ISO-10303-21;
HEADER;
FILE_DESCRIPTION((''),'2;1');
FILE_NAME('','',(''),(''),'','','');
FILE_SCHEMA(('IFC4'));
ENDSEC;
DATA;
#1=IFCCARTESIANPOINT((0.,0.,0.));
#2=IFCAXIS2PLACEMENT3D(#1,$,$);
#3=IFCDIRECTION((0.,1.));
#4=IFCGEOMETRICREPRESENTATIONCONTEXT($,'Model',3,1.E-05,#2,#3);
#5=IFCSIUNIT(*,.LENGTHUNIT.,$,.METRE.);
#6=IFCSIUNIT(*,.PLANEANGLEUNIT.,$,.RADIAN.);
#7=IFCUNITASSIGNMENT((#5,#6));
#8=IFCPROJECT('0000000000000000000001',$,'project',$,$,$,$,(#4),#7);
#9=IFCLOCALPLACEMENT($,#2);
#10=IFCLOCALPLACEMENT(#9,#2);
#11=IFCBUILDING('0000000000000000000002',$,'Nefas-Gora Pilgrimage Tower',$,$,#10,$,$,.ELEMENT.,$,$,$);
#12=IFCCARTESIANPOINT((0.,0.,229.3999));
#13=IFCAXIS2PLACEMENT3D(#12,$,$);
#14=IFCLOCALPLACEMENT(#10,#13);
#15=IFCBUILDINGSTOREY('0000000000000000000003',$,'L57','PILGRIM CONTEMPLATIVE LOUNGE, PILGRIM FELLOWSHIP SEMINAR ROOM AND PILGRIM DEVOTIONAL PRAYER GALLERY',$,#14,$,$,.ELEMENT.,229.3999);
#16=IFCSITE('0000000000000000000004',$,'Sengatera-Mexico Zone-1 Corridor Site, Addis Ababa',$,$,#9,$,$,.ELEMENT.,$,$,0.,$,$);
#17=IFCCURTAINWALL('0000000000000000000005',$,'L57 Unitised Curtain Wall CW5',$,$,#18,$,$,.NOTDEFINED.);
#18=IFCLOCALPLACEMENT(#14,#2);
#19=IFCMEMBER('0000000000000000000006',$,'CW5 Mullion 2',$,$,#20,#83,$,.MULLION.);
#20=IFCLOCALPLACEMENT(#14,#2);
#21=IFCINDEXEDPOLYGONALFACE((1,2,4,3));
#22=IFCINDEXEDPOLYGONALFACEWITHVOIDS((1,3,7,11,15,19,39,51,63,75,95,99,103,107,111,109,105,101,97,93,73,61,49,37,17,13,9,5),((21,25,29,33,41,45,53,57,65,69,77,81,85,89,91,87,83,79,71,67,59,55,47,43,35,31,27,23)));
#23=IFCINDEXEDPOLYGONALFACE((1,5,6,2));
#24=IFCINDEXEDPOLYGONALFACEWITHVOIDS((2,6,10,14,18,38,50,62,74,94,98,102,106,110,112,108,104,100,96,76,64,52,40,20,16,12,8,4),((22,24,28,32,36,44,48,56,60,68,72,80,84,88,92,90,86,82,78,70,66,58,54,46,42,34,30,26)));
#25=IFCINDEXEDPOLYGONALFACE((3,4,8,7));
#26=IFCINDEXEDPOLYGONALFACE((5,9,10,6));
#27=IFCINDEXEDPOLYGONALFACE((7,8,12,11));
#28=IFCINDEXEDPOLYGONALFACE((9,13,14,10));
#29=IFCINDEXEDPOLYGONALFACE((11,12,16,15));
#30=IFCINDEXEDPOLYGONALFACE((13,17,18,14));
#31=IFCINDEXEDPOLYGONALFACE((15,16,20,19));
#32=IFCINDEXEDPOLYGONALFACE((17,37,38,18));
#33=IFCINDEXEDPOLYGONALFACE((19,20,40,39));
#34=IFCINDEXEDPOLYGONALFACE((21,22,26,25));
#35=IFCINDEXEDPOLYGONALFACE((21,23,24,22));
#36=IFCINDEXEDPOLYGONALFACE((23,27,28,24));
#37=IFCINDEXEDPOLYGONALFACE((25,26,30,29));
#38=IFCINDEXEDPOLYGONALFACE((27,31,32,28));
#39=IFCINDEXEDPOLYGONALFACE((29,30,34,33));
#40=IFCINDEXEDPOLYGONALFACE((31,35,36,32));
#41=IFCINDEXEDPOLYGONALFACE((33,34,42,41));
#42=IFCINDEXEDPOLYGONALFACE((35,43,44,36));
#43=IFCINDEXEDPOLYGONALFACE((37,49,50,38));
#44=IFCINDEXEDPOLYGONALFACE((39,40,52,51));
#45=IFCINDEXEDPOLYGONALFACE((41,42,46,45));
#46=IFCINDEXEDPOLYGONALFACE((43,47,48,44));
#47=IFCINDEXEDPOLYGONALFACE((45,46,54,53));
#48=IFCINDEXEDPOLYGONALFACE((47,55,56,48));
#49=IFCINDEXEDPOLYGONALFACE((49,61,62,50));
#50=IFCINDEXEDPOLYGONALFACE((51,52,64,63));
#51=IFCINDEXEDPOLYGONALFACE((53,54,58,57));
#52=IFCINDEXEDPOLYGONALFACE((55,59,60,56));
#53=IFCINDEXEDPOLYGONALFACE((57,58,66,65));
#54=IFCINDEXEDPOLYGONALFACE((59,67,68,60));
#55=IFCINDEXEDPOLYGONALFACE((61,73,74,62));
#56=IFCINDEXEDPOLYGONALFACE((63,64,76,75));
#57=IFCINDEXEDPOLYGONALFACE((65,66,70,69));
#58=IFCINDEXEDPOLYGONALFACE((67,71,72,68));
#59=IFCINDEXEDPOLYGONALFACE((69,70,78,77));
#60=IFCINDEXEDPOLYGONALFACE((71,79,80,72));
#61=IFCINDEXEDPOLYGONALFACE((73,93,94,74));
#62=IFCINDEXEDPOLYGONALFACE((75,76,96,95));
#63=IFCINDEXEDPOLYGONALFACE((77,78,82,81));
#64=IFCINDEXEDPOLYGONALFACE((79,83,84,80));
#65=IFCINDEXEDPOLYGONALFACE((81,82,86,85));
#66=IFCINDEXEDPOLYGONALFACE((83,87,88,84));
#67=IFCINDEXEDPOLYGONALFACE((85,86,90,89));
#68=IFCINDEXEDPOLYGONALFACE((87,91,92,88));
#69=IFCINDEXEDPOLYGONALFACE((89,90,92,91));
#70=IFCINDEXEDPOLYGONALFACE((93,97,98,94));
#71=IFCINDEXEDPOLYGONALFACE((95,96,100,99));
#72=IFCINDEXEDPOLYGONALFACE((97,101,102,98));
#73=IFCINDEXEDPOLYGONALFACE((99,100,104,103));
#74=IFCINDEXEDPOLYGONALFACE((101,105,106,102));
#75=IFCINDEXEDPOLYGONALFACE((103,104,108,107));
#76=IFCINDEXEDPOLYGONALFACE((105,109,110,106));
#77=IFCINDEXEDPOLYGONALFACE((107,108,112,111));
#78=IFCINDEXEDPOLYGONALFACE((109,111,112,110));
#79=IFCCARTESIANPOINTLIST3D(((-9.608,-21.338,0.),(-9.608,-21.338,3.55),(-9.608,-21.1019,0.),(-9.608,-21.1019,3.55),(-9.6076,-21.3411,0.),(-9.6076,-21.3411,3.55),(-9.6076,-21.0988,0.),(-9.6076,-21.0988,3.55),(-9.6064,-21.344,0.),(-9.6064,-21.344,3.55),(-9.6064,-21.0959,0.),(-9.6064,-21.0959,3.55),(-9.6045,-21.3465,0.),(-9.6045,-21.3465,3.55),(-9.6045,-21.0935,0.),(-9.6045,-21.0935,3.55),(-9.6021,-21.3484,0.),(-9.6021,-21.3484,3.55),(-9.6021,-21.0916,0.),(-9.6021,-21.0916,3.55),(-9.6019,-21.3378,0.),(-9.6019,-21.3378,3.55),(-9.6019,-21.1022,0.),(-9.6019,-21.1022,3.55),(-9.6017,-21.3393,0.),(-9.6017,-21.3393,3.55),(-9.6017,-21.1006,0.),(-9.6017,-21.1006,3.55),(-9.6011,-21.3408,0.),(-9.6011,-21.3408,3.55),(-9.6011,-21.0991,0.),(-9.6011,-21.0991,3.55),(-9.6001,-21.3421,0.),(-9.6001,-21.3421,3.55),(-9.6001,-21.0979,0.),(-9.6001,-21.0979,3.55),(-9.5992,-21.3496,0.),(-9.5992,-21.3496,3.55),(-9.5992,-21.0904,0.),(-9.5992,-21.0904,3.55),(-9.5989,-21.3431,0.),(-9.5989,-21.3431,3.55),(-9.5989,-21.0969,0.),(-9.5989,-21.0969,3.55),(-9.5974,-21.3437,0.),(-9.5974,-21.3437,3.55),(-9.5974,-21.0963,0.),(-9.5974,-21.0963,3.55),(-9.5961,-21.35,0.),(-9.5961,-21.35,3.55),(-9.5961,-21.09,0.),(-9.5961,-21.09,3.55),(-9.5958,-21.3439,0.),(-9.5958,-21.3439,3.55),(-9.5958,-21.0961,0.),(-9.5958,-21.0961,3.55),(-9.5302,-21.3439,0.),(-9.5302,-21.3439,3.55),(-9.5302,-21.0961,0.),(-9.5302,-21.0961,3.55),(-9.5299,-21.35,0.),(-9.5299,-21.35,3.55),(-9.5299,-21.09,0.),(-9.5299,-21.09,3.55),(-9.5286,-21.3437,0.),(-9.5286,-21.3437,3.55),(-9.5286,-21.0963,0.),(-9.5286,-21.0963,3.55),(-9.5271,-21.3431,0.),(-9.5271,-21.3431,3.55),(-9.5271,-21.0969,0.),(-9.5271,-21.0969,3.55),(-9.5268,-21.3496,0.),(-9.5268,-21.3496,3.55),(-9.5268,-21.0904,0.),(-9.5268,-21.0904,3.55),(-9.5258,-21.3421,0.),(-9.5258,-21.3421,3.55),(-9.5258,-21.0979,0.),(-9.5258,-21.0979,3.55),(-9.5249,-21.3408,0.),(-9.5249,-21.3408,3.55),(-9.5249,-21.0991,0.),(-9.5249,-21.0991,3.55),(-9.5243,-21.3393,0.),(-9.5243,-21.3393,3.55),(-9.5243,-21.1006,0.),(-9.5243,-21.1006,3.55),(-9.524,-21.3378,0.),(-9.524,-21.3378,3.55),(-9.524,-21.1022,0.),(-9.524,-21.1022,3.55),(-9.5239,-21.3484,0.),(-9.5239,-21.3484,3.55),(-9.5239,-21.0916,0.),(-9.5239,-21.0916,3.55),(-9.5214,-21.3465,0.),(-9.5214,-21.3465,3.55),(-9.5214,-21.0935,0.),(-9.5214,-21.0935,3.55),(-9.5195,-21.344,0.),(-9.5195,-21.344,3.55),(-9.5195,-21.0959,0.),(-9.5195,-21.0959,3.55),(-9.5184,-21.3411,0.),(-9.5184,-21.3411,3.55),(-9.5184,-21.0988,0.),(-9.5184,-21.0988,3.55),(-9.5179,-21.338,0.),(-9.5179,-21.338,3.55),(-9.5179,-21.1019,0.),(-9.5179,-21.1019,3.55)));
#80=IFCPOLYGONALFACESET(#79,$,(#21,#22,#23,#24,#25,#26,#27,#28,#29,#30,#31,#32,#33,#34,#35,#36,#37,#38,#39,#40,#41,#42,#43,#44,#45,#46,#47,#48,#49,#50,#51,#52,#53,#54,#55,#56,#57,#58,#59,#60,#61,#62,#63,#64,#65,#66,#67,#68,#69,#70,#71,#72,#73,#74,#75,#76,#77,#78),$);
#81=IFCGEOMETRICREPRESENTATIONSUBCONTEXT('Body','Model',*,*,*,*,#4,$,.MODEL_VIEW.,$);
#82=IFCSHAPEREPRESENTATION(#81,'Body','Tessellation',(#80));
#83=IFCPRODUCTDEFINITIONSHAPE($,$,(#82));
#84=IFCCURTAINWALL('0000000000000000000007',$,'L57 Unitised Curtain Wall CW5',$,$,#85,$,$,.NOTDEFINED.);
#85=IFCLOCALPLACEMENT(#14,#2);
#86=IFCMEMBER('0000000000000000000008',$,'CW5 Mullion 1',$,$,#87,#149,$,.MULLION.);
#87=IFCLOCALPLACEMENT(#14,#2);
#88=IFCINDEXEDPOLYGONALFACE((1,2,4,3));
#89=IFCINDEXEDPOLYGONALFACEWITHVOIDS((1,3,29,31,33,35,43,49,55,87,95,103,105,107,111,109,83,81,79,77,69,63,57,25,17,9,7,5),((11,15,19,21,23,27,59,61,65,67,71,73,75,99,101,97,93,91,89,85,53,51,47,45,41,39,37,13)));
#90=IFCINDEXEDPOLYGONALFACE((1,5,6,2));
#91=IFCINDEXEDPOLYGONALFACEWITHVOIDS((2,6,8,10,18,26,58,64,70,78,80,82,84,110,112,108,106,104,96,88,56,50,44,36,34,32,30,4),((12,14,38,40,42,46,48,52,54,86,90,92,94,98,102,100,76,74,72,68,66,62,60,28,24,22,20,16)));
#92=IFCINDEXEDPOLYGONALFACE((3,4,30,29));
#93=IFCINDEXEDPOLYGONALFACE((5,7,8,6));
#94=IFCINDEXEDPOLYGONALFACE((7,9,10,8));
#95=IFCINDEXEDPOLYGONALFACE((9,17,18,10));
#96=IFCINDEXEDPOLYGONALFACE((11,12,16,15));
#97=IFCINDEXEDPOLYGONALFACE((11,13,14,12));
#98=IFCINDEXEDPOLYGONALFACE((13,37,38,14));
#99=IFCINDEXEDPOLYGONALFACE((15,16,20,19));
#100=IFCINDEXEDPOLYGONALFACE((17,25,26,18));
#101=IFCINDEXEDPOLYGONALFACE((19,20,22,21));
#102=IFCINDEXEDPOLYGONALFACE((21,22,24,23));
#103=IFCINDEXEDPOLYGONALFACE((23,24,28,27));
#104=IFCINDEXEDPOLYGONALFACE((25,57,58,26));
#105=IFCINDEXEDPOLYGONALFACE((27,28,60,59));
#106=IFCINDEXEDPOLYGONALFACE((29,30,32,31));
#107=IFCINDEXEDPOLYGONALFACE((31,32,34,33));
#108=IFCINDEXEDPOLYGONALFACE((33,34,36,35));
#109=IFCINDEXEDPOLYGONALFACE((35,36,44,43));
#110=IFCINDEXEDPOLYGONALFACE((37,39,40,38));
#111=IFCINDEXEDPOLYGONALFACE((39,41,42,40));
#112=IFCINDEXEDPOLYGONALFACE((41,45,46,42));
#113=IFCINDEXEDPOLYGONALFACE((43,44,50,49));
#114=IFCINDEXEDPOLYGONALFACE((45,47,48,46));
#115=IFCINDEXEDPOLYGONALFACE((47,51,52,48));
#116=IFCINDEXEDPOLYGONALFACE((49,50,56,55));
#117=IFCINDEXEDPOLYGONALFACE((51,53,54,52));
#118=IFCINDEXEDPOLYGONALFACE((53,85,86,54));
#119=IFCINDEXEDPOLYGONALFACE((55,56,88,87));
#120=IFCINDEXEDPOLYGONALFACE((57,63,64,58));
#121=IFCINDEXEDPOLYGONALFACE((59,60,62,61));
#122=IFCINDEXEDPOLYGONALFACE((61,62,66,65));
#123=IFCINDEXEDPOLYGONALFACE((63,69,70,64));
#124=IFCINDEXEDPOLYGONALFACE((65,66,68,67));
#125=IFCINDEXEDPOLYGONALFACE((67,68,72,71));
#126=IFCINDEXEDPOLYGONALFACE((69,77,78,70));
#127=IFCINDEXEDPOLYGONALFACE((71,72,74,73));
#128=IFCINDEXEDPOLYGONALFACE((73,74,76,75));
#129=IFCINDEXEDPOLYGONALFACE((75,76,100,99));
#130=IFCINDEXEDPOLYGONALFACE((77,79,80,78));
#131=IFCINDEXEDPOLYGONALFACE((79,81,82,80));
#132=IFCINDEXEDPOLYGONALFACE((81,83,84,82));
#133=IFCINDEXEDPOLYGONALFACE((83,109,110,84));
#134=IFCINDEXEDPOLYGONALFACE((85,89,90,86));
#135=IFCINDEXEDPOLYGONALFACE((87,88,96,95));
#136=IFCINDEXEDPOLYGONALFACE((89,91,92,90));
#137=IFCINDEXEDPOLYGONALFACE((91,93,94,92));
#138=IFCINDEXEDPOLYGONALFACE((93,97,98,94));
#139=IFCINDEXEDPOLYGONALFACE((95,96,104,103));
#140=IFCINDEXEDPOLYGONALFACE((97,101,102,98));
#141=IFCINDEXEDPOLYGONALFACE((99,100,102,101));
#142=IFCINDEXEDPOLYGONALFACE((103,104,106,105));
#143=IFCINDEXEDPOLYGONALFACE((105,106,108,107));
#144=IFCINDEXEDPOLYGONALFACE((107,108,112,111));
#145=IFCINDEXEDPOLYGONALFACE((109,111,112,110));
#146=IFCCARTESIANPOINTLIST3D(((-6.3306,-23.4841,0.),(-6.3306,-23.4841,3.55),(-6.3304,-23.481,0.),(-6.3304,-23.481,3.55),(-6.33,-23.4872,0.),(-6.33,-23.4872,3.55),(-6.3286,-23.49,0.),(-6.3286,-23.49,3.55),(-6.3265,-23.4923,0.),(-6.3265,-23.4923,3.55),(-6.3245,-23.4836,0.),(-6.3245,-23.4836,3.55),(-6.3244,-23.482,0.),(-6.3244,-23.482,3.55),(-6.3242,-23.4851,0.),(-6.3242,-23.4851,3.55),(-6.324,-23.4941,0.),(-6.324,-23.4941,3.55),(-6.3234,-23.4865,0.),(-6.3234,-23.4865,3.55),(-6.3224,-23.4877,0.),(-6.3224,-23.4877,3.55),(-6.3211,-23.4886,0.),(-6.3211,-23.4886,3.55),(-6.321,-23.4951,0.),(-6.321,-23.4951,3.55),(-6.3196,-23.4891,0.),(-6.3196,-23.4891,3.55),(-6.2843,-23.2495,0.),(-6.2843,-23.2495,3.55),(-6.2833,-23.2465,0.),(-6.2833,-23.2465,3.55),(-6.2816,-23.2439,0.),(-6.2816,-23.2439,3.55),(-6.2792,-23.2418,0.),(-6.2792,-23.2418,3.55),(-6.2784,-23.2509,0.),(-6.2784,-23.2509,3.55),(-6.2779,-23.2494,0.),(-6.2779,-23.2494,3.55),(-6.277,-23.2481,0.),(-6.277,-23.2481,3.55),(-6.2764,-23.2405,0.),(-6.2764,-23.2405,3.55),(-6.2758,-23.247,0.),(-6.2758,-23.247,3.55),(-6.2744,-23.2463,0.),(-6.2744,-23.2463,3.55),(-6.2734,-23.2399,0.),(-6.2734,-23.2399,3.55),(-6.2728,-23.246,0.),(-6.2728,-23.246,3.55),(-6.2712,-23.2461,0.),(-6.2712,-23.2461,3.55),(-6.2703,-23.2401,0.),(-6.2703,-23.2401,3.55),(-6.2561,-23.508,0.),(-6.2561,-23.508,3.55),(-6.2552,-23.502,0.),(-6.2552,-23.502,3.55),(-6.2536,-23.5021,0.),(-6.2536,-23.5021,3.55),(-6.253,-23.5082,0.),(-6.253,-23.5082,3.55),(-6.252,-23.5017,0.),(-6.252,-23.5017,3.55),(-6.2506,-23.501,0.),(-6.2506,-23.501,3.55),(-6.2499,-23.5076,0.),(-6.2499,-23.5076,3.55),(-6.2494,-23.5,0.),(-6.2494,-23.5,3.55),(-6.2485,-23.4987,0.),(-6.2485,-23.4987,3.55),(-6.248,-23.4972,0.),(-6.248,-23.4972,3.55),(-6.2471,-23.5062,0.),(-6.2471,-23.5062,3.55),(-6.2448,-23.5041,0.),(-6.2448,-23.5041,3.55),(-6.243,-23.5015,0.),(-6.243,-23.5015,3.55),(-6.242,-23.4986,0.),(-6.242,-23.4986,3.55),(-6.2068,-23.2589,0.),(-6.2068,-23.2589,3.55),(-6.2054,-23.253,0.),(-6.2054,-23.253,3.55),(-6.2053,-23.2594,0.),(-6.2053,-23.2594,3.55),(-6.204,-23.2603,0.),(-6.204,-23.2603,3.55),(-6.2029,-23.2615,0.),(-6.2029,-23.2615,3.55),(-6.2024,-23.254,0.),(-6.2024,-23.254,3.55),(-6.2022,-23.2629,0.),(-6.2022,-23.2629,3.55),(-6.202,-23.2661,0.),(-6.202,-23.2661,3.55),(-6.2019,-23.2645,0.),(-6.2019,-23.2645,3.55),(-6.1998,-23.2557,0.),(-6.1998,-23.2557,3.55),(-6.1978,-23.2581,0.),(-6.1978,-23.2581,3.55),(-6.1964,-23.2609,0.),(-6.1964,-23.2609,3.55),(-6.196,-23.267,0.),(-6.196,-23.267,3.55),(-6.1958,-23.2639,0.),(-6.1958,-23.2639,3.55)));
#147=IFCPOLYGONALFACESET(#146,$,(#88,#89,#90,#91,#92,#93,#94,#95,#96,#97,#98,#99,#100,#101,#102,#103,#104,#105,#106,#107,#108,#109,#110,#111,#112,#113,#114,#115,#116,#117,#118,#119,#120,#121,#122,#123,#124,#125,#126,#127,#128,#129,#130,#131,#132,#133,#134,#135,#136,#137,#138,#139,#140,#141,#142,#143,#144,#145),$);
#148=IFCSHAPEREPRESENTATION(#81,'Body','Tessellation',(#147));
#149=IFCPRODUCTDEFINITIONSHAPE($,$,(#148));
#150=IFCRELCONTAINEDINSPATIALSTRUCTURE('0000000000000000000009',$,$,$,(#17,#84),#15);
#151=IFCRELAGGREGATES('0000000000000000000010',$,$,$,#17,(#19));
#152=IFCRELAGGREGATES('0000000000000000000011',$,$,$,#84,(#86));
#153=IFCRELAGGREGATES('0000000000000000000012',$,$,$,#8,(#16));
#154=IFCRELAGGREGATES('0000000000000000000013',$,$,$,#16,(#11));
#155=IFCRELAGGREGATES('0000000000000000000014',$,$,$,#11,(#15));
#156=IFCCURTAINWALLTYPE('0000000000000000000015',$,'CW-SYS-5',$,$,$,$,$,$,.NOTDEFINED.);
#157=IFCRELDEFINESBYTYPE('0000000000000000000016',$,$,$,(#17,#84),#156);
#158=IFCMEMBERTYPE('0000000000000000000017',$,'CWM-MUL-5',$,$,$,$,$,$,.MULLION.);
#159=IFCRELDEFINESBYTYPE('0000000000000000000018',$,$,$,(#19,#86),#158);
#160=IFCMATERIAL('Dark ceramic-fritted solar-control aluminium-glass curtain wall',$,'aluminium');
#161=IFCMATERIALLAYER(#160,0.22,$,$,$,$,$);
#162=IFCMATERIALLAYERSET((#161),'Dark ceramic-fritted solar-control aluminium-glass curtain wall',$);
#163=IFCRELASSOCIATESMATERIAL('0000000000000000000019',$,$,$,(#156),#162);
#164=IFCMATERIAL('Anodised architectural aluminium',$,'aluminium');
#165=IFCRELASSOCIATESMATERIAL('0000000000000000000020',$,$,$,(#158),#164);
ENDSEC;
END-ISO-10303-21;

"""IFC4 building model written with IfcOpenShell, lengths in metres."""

from ifc_helpers import new_model, si_unit, direction, frame, origin, origin_2d, place, context, subcontext, project, spatial, hollow_rectangle, extrude, source, transform, mapped, material, layer, layer_set, material_profile, profile_set, type_object, element, aggregate, save


model = new_model("IFC4")

# Units and contexts
model_context = context("Model", 3, precision=1e-05, world=origin(), true_north=direction((0.0, 1.0)))
body_context = subcontext(model_context, "Body", "Model", "MODEL_VIEW")
ifc_project = project(units=[si_unit("LENGTHUNIT", "METRE"), si_unit("PLANEANGLEUNIT", "RADIAN")], contexts=[model_context])

# Site, building, storey
site_placement = place(None, origin())
site = spatial("IfcSite", under=ifc_project, at=site_placement, Name="Sengatera-Mexico Zone-1 Corridor Site, Addis Ababa", CompositionType="ELEMENT", RefElevation=0.0)
building_placement = place(site_placement, origin())
building = spatial("IfcBuilding", under=site, at=building_placement, Name="Nefas-Gora Pilgrimage Tower", CompositionType="ELEMENT")
storey_placement = place(building_placement, frame((0.0, 0.0, 229.3999)))
storey = spatial("IfcBuildingStorey", under=building, at=storey_placement, Name="L57", Description="PILGRIM CONTEMPLATIVE LOUNGE, PILGRIM FELLOWSHIP SEMINAR ROOM AND PILGRIM DEVOTIONAL PRAYER GALLERY", CompositionType="ELEMENT", Elevation=229.3999)

# Curtain wall, member
ifc_material_1 = material(Name="Dark ceramic-fritted solar-control aluminium-glass curtain wall", Category="aluminium")
ifc_layer_1 = layer(ifc_material_1, 0.22)
ifc_layer_set_1 = layer_set([ifc_layer_1], Name="Dark ceramic-fritted solar-control aluminium-glass curtain wall")
curtain_wall_type = type_object("IfcCurtainWallType", Name="CW-SYS-5", PredefinedType="NOTDEFINED", material=ifc_layer_set_1)
curtain_wall_1_placement = place(storey_placement, origin())
curtain_wall_1 = element("IfcCurtainWall", 1, at=curtain_wall_1_placement, inside=storey, type_object=curtain_wall_type, Name="L57 Unitised Curtain Wall CW5", PredefinedType="NOTDEFINED")
ifc_material_2 = material(Name="Anodised architectural aluminium", Category="aluminium")
ifc_material_profile_1 = material_profile(ifc_material_2, hollow_rectangle(XDim=0.0901, YDim=0.26, WallThickness=0.0061, InnerFilletRadius=0.0061, OuterFilletRadius=0.012, at=origin_2d()), Name="ALU MULLION 90x260")
ifc_profile_set_1 = profile_set([ifc_material_profile_1], Name="Anodised architectural aluminium")
member_type_1 = type_object("IfcMemberType", Name="CWM-MUL-5", PredefinedType="MULLION", material=ifc_profile_set_1)
shared_shape_1 = source(origin(), body_context, "Body", "SweptSolid", [
    extrude(hollow_rectangle(XDim=0.0901, YDim=0.26, WallThickness=0.0061, InnerFilletRadius=0.0061, OuterFilletRadius=0.012, at=origin_2d()), origin(), (0.0, 0.0, 1.0), 3.55),
])
member_1_placement = place(storey_placement, frame((-9.563, -21.22, 0.0), z_axis=(0.0, 0.0, 1.0), x_axis=(1.0, 0.0, 0.0)))
member_1 = element("IfcMember", 2, at=member_1_placement, type_object=member_type_1, Name="CW5 Mullion 2", PredefinedType="MULLION", context=body_context, shape_type="MappedRepresentation", body=[
    mapped(shared_shape_1, transform((0.0, 0.0, 0.0), x_axis=(1.0, 0.0, 0.0), y_axis=(0.0, 1.0, 0.0), z_axis=(0.0, 0.0, 1.0), scale=1.0)),
])
aggregate(curtain_wall_1, [member_1])

# Curtain wall, member
curtain_wall_2_placement = place(storey_placement, origin())
curtain_wall_2 = element("IfcCurtainWall", 3, at=curtain_wall_2_placement, inside=storey, type_object=curtain_wall_type, Name="L57 Unitised Curtain Wall CW5", PredefinedType="NOTDEFINED")
member_2_placement = place(storey_placement, frame((-6.2632, -23.374, 0.0), z_axis=(0.0, 0.0, 1.0), x_axis=(0.980783, -0.195102, 0.0)))
member_2 = element("IfcMember", 4, at=member_2_placement, type_object=member_type_1, Name="CW5 Mullion 1", PredefinedType="MULLION", context=body_context, shape_type="MappedRepresentation", body=[
    mapped(shared_shape_1, transform((0.0, 0.0, 0.0), x_axis=(1.0, 0.0, 0.0), y_axis=(0.0, 1.0, 0.0), z_axis=(0.0, 0.0, 1.0), scale=1.0)),
])

aggregate(curtain_wall_2, [member_2])

save(model, "model.ifc")
